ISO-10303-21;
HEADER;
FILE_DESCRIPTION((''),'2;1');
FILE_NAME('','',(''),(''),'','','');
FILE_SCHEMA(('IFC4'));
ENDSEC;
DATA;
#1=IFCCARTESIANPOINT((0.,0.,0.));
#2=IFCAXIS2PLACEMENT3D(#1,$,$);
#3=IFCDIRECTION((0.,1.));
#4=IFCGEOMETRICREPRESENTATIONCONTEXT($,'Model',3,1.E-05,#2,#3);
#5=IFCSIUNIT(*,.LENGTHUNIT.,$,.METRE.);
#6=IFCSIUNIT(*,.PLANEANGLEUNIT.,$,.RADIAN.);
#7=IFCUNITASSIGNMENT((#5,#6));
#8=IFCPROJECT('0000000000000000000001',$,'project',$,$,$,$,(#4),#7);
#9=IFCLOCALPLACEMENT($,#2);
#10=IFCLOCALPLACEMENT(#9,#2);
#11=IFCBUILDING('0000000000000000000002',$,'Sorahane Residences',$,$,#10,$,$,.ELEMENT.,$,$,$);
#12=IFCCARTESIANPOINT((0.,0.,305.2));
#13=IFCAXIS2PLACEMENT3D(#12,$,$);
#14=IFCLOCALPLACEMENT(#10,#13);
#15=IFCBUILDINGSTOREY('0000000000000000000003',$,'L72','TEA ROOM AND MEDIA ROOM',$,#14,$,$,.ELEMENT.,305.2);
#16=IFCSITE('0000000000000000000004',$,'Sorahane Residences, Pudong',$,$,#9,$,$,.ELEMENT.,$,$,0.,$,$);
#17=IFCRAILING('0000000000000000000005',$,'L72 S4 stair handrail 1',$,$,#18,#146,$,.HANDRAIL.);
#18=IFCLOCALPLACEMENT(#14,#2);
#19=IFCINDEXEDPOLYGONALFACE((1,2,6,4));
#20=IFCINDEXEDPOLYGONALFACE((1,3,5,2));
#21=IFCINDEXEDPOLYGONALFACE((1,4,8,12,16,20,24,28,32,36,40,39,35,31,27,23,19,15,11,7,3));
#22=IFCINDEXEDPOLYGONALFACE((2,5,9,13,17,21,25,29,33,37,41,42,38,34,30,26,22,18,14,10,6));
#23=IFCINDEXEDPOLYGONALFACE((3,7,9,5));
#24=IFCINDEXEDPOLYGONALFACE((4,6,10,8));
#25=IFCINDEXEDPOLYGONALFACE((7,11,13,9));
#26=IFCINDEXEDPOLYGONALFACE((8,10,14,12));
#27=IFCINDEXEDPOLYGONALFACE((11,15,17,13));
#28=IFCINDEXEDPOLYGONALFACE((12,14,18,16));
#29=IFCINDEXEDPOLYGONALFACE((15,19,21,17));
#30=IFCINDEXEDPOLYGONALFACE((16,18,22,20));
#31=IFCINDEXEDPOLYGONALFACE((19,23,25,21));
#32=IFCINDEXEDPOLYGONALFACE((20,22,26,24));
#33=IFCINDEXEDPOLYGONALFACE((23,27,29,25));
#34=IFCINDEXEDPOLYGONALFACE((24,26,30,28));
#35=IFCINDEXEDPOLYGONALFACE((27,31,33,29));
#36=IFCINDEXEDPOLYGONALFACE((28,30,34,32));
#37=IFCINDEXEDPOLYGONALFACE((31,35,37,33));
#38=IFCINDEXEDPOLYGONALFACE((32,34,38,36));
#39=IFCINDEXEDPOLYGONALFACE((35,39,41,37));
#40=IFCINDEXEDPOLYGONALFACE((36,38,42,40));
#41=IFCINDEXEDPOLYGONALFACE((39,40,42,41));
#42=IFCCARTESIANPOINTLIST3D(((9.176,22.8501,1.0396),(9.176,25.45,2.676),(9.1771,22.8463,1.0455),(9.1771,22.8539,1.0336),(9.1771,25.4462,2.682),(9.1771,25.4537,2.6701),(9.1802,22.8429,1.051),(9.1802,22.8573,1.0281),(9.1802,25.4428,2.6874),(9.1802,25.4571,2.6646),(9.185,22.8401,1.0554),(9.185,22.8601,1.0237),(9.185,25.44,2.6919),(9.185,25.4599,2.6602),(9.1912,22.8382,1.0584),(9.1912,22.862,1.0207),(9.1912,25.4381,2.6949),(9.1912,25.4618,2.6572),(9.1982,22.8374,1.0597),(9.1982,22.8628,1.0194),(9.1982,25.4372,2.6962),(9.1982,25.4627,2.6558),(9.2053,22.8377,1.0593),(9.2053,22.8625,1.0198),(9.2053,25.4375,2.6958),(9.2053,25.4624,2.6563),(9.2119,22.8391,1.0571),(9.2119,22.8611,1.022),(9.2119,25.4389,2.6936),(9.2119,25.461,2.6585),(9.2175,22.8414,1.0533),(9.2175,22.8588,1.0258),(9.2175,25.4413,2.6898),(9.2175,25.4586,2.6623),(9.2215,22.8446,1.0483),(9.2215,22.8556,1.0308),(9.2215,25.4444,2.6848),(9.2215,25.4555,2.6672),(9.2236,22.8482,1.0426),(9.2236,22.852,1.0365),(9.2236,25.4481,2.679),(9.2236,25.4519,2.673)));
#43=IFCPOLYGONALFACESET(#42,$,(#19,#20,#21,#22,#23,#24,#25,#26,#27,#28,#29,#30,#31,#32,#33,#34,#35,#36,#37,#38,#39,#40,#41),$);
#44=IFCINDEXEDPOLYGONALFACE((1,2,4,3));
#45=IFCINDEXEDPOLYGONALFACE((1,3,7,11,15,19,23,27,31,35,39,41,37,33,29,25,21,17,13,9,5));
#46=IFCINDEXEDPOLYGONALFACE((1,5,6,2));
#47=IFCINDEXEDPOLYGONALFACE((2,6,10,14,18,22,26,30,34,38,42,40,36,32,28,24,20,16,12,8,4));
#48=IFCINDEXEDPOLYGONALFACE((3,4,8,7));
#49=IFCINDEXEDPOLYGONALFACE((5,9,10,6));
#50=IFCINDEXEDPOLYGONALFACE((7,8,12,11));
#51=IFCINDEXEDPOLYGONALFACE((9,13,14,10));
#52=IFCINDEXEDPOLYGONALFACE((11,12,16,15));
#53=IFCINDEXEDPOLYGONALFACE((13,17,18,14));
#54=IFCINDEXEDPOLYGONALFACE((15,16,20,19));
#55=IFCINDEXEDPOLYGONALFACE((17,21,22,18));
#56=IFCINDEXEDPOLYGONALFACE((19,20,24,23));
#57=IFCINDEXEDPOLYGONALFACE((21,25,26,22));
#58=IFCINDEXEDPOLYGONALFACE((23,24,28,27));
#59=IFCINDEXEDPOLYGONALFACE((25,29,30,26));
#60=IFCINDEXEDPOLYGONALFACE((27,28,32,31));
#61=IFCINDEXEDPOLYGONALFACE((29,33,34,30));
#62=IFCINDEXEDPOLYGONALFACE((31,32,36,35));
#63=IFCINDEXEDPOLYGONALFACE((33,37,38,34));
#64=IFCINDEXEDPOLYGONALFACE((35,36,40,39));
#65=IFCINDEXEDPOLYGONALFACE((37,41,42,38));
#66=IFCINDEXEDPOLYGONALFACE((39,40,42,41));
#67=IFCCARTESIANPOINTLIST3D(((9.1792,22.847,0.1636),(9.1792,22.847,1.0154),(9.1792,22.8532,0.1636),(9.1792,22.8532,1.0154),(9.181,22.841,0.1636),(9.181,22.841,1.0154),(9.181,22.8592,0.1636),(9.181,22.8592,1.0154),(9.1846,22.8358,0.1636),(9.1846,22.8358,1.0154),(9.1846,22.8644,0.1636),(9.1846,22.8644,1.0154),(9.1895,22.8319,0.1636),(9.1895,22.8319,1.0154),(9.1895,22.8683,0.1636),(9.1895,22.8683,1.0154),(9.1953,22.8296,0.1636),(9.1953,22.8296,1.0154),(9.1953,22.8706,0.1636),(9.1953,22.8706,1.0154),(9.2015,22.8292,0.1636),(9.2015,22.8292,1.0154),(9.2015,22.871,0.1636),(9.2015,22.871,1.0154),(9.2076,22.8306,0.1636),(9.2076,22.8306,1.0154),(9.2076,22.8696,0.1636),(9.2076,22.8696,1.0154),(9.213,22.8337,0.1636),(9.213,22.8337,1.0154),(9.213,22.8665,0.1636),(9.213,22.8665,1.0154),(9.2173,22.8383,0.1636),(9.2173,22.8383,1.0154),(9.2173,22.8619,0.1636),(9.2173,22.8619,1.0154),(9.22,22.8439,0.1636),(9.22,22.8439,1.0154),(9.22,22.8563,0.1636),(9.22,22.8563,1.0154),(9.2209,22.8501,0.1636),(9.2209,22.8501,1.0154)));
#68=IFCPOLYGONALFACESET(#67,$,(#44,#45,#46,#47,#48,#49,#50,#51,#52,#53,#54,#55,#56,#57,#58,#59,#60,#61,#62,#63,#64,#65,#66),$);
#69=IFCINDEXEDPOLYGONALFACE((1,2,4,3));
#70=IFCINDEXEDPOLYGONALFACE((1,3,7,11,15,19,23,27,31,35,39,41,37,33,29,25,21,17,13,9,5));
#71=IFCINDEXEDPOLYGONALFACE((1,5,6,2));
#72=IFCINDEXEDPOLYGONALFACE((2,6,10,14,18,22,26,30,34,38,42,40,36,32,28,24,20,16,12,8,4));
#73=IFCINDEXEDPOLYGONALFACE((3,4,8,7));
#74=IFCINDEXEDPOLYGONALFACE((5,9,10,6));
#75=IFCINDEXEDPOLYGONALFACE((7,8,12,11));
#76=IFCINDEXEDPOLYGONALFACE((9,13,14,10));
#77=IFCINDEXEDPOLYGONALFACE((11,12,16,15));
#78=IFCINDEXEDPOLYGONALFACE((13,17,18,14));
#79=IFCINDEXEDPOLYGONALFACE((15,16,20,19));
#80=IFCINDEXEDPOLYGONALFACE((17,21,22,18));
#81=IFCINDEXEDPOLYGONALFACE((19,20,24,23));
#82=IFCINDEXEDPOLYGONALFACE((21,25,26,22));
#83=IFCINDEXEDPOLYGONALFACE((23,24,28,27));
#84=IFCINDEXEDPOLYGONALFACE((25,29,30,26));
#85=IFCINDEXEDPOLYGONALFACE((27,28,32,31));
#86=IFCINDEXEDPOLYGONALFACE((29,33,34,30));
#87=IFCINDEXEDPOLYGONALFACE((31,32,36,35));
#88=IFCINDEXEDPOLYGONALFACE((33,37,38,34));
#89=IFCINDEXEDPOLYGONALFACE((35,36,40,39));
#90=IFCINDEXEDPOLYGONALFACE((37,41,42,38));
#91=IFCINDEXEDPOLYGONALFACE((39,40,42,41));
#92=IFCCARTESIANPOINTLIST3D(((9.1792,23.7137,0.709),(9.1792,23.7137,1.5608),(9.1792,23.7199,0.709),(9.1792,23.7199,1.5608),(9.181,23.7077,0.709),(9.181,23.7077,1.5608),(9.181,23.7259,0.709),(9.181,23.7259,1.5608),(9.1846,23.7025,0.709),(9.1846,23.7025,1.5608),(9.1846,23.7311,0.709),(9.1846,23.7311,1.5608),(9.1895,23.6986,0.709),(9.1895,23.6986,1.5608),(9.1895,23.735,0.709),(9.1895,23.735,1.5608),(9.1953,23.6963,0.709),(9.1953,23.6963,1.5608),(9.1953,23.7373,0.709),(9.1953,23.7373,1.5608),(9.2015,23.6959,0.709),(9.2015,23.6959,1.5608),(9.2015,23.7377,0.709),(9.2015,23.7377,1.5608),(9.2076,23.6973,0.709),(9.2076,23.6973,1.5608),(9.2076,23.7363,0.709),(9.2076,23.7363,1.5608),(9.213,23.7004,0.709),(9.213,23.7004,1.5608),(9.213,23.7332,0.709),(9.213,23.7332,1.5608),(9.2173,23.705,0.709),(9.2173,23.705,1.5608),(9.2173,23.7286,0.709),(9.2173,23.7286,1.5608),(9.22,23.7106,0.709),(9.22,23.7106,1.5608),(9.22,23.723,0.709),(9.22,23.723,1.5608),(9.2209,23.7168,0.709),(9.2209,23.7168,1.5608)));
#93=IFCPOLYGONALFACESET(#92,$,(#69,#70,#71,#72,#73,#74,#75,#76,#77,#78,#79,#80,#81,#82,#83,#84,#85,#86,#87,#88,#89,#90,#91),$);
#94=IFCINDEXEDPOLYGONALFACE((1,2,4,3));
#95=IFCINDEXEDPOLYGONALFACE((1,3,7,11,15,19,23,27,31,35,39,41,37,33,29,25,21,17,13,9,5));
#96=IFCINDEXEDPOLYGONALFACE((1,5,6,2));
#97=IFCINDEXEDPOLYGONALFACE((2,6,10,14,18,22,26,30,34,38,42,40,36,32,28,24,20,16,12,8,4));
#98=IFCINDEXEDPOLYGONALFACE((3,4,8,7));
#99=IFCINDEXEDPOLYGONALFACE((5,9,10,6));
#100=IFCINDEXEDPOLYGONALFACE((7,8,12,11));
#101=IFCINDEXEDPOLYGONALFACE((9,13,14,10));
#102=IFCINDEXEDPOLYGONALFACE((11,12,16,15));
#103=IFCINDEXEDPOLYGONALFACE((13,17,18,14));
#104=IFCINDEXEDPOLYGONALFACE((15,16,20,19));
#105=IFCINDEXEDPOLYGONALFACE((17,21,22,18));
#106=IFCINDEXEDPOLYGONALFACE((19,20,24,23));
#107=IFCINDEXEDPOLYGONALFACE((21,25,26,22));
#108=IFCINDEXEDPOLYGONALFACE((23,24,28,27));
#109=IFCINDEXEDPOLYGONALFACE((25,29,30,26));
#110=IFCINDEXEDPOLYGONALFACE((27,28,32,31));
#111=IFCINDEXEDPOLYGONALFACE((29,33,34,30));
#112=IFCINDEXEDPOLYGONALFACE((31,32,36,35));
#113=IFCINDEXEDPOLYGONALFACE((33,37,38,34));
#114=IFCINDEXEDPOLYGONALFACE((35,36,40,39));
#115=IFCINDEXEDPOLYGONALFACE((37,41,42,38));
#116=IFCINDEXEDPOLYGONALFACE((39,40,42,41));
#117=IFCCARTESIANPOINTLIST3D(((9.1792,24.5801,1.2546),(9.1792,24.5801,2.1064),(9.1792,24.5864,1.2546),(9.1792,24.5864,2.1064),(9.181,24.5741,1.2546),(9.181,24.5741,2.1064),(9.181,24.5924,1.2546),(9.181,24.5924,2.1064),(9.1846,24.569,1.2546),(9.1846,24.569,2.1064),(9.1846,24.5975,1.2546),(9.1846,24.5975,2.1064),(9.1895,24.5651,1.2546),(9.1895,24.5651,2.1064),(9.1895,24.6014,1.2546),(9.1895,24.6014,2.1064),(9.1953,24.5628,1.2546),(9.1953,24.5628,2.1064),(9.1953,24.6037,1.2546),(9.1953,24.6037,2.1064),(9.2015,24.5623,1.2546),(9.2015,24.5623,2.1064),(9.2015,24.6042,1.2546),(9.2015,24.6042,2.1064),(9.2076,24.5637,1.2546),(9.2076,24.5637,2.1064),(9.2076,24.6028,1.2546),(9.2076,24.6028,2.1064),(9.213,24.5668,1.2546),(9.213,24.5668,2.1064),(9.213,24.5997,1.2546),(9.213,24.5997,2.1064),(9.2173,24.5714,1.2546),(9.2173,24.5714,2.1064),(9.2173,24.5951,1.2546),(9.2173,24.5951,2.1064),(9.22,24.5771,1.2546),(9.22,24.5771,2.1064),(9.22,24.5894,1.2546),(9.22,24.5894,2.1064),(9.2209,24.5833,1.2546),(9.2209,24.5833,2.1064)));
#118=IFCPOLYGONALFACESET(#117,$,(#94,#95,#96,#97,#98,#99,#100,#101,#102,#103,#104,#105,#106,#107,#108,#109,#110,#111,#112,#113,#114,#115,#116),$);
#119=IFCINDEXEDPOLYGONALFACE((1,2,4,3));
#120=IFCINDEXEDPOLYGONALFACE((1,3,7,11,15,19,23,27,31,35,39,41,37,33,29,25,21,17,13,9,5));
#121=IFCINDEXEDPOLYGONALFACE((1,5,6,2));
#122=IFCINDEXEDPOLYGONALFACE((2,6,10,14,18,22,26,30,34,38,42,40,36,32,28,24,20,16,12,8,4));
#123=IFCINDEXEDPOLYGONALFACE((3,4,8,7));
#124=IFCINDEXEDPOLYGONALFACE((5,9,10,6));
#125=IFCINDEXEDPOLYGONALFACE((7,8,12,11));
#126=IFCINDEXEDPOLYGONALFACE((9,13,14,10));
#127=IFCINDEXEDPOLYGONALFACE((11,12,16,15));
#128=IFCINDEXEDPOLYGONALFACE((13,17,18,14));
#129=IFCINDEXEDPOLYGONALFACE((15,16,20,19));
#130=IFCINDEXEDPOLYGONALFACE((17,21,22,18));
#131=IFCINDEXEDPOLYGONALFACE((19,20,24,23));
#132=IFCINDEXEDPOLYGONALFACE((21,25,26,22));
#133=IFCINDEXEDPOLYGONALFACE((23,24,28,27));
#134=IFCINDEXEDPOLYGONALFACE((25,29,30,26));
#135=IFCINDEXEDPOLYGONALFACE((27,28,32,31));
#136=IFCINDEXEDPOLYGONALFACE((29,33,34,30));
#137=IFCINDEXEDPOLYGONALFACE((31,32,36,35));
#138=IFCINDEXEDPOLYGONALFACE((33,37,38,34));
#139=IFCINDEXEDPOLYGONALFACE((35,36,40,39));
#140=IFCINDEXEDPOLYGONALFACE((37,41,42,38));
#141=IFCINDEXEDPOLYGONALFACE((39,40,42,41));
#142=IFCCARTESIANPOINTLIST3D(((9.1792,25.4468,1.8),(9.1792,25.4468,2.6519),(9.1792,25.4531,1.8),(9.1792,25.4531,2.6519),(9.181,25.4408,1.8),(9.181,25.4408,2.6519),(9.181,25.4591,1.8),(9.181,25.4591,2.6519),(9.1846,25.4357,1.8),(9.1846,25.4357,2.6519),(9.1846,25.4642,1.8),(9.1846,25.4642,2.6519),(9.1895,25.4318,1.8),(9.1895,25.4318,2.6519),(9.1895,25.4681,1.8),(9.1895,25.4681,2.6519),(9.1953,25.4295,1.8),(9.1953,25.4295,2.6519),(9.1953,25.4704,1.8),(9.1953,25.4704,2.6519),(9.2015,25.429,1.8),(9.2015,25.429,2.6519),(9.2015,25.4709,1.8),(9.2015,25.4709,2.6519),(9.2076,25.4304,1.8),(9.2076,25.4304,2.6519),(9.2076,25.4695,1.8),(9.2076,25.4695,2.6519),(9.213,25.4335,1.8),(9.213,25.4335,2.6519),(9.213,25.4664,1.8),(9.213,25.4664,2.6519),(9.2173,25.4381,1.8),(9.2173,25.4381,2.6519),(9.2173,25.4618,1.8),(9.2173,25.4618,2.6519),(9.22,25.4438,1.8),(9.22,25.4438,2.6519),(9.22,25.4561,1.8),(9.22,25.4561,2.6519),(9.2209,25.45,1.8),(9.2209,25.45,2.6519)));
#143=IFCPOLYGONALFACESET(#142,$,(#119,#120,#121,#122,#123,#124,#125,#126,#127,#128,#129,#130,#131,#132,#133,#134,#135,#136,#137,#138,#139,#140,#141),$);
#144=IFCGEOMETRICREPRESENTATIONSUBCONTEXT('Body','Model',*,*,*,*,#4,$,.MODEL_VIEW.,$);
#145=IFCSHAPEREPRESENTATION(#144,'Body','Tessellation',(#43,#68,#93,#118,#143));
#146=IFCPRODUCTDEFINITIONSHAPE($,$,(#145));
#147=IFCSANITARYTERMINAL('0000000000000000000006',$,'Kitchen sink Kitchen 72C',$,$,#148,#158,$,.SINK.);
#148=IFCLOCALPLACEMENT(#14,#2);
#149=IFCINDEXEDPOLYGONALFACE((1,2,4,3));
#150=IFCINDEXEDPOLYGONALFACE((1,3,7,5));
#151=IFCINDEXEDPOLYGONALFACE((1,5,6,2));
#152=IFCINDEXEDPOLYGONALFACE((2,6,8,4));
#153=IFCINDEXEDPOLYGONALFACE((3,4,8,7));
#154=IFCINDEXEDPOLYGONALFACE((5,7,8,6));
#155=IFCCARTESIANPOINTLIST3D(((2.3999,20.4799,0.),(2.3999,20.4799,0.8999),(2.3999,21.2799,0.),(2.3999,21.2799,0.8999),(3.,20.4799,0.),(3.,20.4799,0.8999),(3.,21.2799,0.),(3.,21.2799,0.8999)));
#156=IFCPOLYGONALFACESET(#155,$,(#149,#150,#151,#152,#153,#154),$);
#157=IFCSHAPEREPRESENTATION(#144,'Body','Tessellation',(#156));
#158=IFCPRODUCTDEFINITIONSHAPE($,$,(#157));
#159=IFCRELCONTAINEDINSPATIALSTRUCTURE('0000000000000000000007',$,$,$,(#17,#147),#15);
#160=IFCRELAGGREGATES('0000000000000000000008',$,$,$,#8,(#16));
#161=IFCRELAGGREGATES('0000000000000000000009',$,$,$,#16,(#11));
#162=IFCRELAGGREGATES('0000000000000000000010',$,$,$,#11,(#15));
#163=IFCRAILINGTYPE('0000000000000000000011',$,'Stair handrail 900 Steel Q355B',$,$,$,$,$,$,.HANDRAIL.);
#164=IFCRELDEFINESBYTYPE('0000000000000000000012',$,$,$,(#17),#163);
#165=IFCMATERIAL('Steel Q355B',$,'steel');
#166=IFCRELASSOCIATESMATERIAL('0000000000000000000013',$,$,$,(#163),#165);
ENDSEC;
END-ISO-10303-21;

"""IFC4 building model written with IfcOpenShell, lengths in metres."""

from ifc_helpers import new_model, si_unit, direction, frame, origin, origin_2d, place, context, subcontext, project, spatial, rectangle, circle, extrude, material, type_object, element, save


model = new_model("IFC4")

# Units and contexts
model_context = context("Model", 3, precision=1e-05, world=origin(), true_north=direction((0.0, 1.0)))
body_context = subcontext(model_context, "Body", "Model", "MODEL_VIEW")
ifc_project = project(units=[si_unit("LENGTHUNIT", "METRE"), si_unit("PLANEANGLEUNIT", "RADIAN")], contexts=[model_context])

# Site, building, storey
site_placement = place(None, origin())
site = spatial("IfcSite", under=ifc_project, at=site_placement, Name="Sorahane Residences, Pudong", CompositionType="ELEMENT", RefElevation=0.0)
building_placement = place(site_placement, origin())
building = spatial("IfcBuilding", under=site, at=building_placement, Name="Sorahane Residences", CompositionType="ELEMENT")
storey_placement = place(building_placement, frame((0.0, 0.0, 305.2)))
storey = spatial("IfcBuildingStorey", under=building, at=storey_placement, Name="L72", Description="TEA ROOM AND MEDIA ROOM", CompositionType="ELEMENT", Elevation=305.2)

# Railing
ifc_material_1 = material(Name="Steel Q355B", Category="steel")
railing_type_1 = type_object("IfcRailingType", Name="Stair handrail 900 Steel Q355B", PredefinedType="HANDRAIL", material=ifc_material_1)
railing_1_placement = place(storey_placement, frame((9.2, 22.8501, 0.1636)))
element("IfcRailing", 1, at=railing_1_placement, inside=storey, type_object=railing_type_1, Name="L72 S4 stair handrail 1", PredefinedType="HANDRAIL", context=body_context, shape_type="SweptSolid", body=[
    extrude(circle(Radius=0.0239, at=origin_2d()), frame((0.0, 0.0, 0.876), z_axis=(0.0, 0.846302, 0.532704), x_axis=(-1.0, 0.0, 0.0)), (0.0, 0.0, 1.0), 3.072),
    extrude(circle(Radius=0.021, at=origin_2d()), origin(), (0.0, 0.0, 1.0), 0.8518),
    extrude(circle(Radius=0.021, at=origin_2d()), frame((0.0, 0.8667, 0.5454)), (0.0, 0.0, 1.0), 0.8518),
    extrude(circle(Radius=0.021, at=origin_2d()), frame((0.0, 1.7332, 1.0911)), (0.0, 0.0, 1.0), 0.8518),
    extrude(circle(Radius=0.021, at=origin_2d()), frame((0.0, 2.5999, 1.6365)), (0.0, 0.0, 1.0), 0.8518),
])

# Sanitary terminal
sanitary_terminal_placement = place(storey_placement, frame((2.7, 20.8799, 0.0), z_axis=(0.0, 0.0, 1.0), x_axis=(0.0, -1.0, 0.0)))
element("IfcSanitaryTerminal", 2, at=sanitary_terminal_placement, inside=storey, Name="Kitchen sink Kitchen 72C", PredefinedType="SINK", context=body_context, shape_type="SweptSolid", body=[
    extrude(rectangle(XDim=0.8, YDim=0.6001, at=origin_2d()), origin(), (0.0, 0.0, 1.0), 0.8999),
])

save(model, "model.ifc")
